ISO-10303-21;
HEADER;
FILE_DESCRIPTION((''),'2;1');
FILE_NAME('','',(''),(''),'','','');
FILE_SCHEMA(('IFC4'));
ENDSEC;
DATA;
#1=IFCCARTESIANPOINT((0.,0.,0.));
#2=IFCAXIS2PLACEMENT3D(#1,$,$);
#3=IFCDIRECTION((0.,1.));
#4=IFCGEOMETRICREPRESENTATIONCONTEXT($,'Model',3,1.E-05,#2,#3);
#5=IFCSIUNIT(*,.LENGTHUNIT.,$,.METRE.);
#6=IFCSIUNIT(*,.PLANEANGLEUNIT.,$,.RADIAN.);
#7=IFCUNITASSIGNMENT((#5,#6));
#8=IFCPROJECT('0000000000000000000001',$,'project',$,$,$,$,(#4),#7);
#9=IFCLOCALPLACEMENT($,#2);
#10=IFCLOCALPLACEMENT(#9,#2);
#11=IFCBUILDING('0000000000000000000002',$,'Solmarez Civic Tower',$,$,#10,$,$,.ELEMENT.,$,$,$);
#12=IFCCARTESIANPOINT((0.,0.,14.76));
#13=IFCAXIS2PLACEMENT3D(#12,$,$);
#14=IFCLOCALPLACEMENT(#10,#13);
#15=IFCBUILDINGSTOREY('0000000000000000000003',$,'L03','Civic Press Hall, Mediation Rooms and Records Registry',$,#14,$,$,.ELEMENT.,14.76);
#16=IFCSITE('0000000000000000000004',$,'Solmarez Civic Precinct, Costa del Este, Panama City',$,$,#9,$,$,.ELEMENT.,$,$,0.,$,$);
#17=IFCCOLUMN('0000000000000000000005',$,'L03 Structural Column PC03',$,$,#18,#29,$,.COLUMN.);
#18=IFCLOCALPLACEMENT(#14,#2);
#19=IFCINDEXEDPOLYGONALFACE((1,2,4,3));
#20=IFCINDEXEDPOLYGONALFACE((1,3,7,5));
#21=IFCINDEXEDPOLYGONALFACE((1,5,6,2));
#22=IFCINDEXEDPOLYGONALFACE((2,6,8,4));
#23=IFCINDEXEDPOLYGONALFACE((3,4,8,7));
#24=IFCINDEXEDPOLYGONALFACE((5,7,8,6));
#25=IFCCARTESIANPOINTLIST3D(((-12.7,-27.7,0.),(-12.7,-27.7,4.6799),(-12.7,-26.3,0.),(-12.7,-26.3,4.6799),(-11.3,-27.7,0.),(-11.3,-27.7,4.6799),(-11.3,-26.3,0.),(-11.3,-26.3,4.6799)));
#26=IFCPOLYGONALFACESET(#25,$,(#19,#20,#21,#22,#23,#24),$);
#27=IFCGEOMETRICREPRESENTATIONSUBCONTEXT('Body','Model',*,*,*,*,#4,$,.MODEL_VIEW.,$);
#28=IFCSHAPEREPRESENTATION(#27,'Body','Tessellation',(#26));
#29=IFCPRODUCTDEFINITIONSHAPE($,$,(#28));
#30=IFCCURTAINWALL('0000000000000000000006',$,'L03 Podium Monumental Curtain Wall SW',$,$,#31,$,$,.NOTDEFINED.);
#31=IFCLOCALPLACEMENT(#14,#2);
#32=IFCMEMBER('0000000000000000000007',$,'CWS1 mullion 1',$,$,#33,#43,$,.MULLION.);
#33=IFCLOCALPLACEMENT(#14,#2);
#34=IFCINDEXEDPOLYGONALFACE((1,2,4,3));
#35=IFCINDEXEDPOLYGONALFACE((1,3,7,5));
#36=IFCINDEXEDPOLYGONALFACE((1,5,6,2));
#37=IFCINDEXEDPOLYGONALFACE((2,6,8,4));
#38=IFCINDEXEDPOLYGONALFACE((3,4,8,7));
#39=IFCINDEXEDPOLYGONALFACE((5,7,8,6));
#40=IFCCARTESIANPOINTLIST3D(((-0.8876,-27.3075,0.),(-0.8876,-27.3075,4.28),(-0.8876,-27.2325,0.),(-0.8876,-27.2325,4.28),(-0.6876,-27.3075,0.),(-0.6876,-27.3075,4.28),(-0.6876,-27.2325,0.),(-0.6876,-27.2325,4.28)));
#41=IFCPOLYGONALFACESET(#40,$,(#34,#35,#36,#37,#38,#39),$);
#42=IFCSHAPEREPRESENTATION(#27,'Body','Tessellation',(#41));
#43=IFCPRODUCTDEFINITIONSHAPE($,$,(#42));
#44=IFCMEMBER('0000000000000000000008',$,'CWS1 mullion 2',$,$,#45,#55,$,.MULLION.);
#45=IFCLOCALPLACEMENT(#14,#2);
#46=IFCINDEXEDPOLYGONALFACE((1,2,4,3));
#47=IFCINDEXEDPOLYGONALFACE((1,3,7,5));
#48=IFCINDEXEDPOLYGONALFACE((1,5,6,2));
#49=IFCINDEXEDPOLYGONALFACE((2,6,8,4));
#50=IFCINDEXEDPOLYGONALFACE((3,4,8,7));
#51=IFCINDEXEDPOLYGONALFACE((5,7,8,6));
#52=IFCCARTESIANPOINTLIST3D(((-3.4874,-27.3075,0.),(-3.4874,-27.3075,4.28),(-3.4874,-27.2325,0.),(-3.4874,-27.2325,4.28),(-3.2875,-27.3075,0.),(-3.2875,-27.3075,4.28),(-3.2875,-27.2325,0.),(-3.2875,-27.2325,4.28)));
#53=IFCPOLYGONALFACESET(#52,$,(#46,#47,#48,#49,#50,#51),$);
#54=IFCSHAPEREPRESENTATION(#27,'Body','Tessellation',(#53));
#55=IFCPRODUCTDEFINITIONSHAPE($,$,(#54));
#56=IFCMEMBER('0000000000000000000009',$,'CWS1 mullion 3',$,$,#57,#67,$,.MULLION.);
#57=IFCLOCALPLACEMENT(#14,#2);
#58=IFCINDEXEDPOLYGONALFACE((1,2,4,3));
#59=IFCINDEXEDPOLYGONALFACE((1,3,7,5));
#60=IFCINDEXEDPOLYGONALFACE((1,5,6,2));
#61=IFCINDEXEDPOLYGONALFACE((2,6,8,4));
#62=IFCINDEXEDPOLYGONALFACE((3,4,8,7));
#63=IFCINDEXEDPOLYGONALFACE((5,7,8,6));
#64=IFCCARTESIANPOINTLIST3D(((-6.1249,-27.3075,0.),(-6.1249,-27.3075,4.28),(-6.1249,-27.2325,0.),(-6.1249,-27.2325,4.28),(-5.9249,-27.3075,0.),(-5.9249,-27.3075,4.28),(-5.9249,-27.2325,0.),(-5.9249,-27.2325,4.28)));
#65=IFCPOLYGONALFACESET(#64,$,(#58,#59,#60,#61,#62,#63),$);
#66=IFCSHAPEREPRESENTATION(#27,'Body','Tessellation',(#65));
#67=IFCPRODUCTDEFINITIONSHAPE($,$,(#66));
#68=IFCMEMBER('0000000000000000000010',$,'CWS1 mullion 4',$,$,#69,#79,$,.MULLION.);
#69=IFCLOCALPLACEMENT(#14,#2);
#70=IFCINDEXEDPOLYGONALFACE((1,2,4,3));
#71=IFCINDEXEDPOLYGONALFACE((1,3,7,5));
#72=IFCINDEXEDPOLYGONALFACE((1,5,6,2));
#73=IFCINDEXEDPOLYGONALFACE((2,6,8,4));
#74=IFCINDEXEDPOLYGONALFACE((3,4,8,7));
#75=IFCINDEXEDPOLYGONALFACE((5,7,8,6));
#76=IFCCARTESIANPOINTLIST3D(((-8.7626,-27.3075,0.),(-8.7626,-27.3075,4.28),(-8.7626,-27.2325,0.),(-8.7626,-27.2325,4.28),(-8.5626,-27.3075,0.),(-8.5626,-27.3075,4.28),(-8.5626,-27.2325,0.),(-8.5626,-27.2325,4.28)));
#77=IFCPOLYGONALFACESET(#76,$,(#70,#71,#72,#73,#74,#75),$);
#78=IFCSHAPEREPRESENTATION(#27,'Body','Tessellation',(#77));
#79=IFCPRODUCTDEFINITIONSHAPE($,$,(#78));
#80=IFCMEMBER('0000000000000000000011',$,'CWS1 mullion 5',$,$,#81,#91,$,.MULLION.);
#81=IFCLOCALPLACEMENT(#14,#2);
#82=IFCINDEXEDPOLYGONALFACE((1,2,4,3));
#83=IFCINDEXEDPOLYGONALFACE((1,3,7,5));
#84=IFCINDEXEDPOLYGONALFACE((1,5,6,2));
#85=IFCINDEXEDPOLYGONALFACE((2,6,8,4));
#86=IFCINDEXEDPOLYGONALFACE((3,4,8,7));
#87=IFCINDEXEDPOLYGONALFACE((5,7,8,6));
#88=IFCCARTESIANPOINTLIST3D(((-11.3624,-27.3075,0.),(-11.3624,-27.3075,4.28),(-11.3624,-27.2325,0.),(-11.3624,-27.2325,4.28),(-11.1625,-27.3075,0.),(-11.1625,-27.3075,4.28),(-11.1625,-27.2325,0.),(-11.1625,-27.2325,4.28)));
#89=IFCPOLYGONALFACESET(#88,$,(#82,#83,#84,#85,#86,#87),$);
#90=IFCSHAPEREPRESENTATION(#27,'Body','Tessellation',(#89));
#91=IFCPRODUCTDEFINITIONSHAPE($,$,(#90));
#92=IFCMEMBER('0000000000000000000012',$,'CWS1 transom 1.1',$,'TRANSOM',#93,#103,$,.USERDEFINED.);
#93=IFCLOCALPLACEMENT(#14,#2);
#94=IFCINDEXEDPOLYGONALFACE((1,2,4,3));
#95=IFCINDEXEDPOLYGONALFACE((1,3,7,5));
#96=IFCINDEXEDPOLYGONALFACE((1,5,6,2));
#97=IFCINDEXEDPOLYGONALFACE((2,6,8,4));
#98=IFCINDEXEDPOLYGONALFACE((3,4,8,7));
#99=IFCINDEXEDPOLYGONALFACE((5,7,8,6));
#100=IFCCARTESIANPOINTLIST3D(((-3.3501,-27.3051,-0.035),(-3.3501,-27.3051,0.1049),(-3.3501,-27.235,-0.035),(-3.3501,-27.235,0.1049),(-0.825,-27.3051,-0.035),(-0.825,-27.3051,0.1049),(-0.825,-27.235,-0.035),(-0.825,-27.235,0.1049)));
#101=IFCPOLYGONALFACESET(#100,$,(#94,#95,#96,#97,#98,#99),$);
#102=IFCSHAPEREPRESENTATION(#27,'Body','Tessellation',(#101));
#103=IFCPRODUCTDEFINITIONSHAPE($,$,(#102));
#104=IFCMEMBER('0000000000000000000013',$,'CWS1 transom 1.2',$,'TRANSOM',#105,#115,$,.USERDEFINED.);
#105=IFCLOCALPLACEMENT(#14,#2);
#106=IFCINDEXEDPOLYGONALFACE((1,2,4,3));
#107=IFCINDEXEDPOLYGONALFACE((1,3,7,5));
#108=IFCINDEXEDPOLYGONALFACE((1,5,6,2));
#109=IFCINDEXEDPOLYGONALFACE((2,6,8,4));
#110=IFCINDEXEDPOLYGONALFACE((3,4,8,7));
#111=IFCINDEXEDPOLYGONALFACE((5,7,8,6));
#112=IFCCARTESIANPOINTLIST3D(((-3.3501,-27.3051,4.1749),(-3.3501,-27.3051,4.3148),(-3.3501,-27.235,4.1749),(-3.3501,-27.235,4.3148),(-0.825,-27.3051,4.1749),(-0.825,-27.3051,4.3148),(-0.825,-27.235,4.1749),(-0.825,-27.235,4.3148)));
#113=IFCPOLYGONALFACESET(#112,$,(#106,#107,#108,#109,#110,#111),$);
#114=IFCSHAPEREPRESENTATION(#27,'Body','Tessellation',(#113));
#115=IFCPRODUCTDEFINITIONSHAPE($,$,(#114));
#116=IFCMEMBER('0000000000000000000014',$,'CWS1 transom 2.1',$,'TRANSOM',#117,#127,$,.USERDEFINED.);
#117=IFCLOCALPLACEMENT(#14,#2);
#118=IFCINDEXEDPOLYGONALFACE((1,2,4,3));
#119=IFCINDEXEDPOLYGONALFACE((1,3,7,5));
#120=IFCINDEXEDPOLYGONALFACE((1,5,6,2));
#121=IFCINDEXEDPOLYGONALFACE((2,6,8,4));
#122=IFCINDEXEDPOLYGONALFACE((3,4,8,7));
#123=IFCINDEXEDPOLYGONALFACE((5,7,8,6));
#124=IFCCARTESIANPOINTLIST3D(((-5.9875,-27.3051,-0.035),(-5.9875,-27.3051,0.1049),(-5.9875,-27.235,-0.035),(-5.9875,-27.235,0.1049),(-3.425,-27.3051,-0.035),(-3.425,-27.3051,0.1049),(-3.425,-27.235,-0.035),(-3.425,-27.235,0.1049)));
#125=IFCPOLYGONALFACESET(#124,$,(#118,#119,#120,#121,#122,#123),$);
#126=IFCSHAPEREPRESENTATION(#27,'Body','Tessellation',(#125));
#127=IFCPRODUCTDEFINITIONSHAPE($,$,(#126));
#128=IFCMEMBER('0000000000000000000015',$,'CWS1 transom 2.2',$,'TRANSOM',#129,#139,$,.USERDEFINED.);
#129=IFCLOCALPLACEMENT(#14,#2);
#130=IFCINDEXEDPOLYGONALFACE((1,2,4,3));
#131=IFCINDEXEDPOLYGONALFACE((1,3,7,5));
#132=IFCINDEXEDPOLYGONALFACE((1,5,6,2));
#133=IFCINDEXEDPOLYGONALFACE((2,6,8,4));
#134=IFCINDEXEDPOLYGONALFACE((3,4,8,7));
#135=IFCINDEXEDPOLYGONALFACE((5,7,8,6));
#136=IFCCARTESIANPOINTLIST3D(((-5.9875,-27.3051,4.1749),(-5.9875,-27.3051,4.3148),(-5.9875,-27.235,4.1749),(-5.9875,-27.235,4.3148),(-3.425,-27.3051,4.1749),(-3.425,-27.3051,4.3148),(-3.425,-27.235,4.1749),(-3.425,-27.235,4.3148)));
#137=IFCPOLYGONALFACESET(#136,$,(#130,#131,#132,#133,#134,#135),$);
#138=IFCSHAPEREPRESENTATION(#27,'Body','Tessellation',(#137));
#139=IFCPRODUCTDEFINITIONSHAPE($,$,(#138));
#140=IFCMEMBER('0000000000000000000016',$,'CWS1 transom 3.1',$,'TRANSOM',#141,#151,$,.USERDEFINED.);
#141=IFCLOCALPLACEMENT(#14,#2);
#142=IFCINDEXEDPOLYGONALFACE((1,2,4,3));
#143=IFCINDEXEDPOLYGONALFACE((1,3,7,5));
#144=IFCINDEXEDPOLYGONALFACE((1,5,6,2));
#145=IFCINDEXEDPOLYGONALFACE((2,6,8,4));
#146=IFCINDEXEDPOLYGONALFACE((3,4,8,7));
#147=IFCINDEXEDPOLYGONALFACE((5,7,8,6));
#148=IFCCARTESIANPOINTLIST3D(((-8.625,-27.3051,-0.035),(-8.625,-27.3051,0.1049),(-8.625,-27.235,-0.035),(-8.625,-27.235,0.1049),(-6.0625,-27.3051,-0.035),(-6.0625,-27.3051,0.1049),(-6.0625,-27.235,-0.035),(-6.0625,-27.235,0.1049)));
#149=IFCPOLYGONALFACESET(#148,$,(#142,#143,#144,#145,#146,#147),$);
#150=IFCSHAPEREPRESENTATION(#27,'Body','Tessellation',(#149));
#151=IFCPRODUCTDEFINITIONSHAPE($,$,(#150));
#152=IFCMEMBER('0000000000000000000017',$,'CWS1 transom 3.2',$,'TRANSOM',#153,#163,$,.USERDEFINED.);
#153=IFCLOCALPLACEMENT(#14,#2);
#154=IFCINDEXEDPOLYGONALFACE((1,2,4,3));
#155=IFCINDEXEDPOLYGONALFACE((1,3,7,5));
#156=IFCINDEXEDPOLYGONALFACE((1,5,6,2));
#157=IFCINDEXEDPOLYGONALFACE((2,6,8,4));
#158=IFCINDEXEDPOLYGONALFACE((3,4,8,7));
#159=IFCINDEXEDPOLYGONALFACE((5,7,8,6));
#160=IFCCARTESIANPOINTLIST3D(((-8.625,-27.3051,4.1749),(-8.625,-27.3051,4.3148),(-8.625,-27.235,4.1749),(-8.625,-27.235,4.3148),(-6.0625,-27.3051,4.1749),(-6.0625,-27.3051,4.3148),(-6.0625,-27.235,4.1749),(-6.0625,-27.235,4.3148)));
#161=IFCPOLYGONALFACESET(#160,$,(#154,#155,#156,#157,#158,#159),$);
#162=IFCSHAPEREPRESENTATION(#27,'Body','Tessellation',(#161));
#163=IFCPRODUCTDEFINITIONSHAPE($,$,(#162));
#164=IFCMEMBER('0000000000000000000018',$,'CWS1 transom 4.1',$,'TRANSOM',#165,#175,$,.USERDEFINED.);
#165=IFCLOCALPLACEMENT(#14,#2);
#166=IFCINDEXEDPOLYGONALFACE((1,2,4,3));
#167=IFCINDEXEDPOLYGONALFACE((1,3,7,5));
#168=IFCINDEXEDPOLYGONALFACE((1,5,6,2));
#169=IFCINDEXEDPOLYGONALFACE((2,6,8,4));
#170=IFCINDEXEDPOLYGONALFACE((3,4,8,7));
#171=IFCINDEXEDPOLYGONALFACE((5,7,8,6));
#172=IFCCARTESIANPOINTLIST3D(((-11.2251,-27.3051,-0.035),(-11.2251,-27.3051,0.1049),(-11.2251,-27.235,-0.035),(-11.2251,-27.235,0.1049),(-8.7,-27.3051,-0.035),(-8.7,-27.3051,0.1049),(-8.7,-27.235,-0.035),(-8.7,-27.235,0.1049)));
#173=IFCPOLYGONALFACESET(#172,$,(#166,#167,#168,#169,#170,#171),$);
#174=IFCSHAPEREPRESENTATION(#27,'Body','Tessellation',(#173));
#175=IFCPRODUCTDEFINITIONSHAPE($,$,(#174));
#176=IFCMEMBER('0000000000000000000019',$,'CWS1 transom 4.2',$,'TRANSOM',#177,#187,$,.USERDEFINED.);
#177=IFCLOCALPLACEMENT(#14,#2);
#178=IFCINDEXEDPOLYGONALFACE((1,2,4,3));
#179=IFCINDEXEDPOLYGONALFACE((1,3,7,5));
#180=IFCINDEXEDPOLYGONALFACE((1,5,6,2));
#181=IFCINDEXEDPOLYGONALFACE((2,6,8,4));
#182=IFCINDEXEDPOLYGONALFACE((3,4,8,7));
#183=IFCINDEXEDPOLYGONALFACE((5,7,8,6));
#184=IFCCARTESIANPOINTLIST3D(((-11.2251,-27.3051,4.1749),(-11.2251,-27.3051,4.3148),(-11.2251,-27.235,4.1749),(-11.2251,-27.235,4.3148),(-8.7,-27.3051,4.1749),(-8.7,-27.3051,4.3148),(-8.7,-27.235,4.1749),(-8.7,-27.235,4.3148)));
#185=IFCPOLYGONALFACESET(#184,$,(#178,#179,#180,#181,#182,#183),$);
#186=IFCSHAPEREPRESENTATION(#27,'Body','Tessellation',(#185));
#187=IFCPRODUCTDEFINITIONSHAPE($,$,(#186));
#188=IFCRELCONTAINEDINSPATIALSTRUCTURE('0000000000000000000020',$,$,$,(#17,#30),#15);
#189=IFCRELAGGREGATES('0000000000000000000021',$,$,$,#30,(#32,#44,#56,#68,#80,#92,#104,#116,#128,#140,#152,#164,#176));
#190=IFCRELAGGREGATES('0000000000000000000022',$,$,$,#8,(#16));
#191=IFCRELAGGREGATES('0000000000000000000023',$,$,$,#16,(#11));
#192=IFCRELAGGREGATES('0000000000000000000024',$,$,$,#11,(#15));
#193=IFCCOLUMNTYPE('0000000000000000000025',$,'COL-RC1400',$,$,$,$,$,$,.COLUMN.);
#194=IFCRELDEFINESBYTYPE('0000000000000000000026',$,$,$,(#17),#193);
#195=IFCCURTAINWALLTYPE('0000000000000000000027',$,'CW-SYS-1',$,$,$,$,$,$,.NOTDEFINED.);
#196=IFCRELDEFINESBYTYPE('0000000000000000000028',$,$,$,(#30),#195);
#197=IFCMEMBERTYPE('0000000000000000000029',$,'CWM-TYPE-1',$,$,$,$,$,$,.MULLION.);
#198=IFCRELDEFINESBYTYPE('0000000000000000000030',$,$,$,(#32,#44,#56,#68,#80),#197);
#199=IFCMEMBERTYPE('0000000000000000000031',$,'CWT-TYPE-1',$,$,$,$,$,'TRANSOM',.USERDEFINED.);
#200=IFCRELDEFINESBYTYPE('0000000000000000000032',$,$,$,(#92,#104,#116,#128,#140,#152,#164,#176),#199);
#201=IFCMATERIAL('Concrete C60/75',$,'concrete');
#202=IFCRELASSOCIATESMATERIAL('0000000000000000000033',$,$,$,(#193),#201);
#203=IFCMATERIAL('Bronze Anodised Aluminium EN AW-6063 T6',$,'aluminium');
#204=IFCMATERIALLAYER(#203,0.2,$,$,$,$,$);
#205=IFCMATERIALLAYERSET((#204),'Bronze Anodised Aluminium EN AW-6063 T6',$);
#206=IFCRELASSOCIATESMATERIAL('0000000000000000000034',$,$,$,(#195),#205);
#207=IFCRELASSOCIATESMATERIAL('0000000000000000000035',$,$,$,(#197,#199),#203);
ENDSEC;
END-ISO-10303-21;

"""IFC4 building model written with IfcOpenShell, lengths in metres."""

from ifc_helpers import new_model, si_unit, direction, frame, origin, origin_2d, place, context, subcontext, project, spatial, rectangle, extrude, material, layer, layer_set, material_profile, profile_set, type_object, element, aggregate, save


model = new_model("IFC4")

# Units and contexts
model_context = context("Model", 3, precision=1e-05, world=origin(), true_north=direction((0.0, 1.0)))
body_context = subcontext(model_context, "Body", "Model", "MODEL_VIEW")
ifc_project = project(units=[si_unit("LENGTHUNIT", "METRE"), si_unit("PLANEANGLEUNIT", "RADIAN")], contexts=[model_context])

# Site, building, storey
site_placement = place(None, origin())
site = spatial("IfcSite", under=ifc_project, at=site_placement, Name="Solmarez Civic Precinct, Costa del Este, Panama City", CompositionType="ELEMENT", RefElevation=0.0)
building_placement = place(site_placement, origin())
building = spatial("IfcBuilding", under=site, at=building_placement, Name="Solmarez Civic Tower", CompositionType="ELEMENT")
storey_placement = place(building_placement, frame((0.0, 0.0, 14.76)))
storey = spatial("IfcBuildingStorey", under=building, at=storey_placement, Name="L03", Description="Civic Press Hall, Mediation Rooms and Records Registry", CompositionType="ELEMENT", Elevation=14.76)

# Column
ifc_material_1 = material(Name="Concrete C60/75", Category="concrete")
ifc_material_profile_1 = material_profile(ifc_material_1, rectangle(XDim=1.3999, YDim=1.3999, at=origin_2d()), Name="RC1400X1400")
ifc_profile_set_1 = profile_set([ifc_material_profile_1], Name="Concrete C60/75")
column_type = type_object("IfcColumnType", Name="COL-RC1400", PredefinedType="COLUMN", material=ifc_profile_set_1)
column_placement = place(storey_placement, frame((-12.0, -27.0, 0.0), z_axis=(0.0, 0.0, 1.0), x_axis=(1.0, 0.0, 0.0)))
element("IfcColumn", 1, at=column_placement, inside=storey, type_object=column_type, Name="L03 Structural Column PC03", PredefinedType="COLUMN", context=body_context, shape_type="SweptSolid", body=[
    extrude(rectangle(XDim=1.3999, YDim=1.3999, at=origin_2d()), origin(), (0.0, 0.0, 1.0), 4.6799),
])

# Curtain wall, members
ifc_material_2 = material(Name="Bronze Anodised Aluminium EN AW-6063 T6", Category="aluminium")
ifc_layer_1 = layer(ifc_material_2, 0.2)
ifc_layer_set_1 = layer_set([ifc_layer_1], Name="Bronze Anodised Aluminium EN AW-6063 T6")
curtain_wall_type = type_object("IfcCurtainWallType", Name="CW-SYS-1", PredefinedType="NOTDEFINED", material=ifc_layer_set_1)
curtain_wall_placement = place(storey_placement, origin())
curtain_wall = element("IfcCurtainWall", 2, at=curtain_wall_placement, inside=storey, type_object=curtain_wall_type, Name="L03 Podium Monumental Curtain Wall SW", PredefinedType="NOTDEFINED")
ifc_material_profile_2 = material_profile(ifc_material_2, rectangle(XDim=0.075, YDim=0.2, at=origin_2d()), Name="CWM-75X200")
ifc_profile_set_2 = profile_set([ifc_material_profile_2], Name="Bronze Anodised Aluminium EN AW-6063 T6")
member_type_1 = type_object("IfcMemberType", Name="CWM-TYPE-1", PredefinedType="MULLION", material=ifc_profile_set_2)
member_1_placement = place(storey_placement, frame((-0.7876, -27.27, 0.0), z_axis=(0.0, 0.0, 1.0), x_axis=(0.0, -1.0, 0.0)))
member_1 = element("IfcMember", 3, at=member_1_placement, type_object=member_type_1, Name="CWS1 mullion 1", PredefinedType="MULLION", context=body_context, shape_type="SweptSolid", body=[
    extrude(rectangle(XDim=0.075, YDim=0.2, at=origin_2d()), origin(), (0.0, 0.0, 1.0), 4.28),
])
member_2_placement = place(storey_placement, frame((-3.3875, -27.27, 0.0), z_axis=(0.0, 0.0, 1.0), x_axis=(0.0, -1.0, 0.0)))
member_2 = element("IfcMember", 4, at=member_2_placement, type_object=member_type_1, Name="CWS1 mullion 2", PredefinedType="MULLION", context=body_context, shape_type="SweptSolid", body=[
    extrude(rectangle(XDim=0.075, YDim=0.2, at=origin_2d()), origin(), (0.0, 0.0, 1.0), 4.28),
])
member_3_placement = place(storey_placement, frame((-6.0249, -27.27, 0.0), z_axis=(0.0, 0.0, 1.0), x_axis=(0.0, -1.0, 0.0)))
member_3 = element("IfcMember", 5, at=member_3_placement, type_object=member_type_1, Name="CWS1 mullion 3", PredefinedType="MULLION", context=body_context, shape_type="SweptSolid", body=[
    extrude(rectangle(XDim=0.075, YDim=0.2, at=origin_2d()), origin(), (0.0, 0.0, 1.0), 4.28),
])
member_4_placement = place(storey_placement, frame((-8.6626, -27.27, 0.0), z_axis=(0.0, 0.0, 1.0), x_axis=(0.0, -1.0, 0.0)))
member_4 = element("IfcMember", 6, at=member_4_placement, type_object=member_type_1, Name="CWS1 mullion 4", PredefinedType="MULLION", context=body_context, shape_type="SweptSolid", body=[
    extrude(rectangle(XDim=0.075, YDim=0.2, at=origin_2d()), origin(), (0.0, 0.0, 1.0), 4.28),
])
member_5_placement = place(storey_placement, frame((-11.2625, -27.27, 0.0), z_axis=(0.0, 0.0, 1.0), x_axis=(0.0, -1.0, 0.0)))
member_5 = element("IfcMember", 7, at=member_5_placement, type_object=member_type_1, Name="CWS1 mullion 5", PredefinedType="MULLION", context=body_context, shape_type="SweptSolid", body=[
    extrude(rectangle(XDim=0.075, YDim=0.2, at=origin_2d()), origin(), (0.0, 0.0, 1.0), 4.28),
])
ifc_material_profile_3 = material_profile(ifc_material_2, rectangle(XDim=0.0701, YDim=0.1399, at=origin_2d()), Name="CWT-70X140")
ifc_profile_set_3 = profile_set([ifc_material_profile_3], Name="Bronze Anodised Aluminium EN AW-6063 T6")
member_type_2 = type_object("IfcMemberType", Name="CWT-TYPE-1", ElementType="TRANSOM", PredefinedType="USERDEFINED", material=ifc_profile_set_3)
member_6_placement = place(storey_placement, frame((-0.825, -27.27, 0.0349), z_axis=(-1.0, 0.0, 0.0), x_axis=(0.0, -1.0, 0.0)))
member_6 = element("IfcMember", 8, at=member_6_placement, type_object=member_type_2, Name="CWS1 transom 1.1", ObjectType="TRANSOM", PredefinedType="USERDEFINED", context=body_context, shape_type="SweptSolid", body=[
    extrude(rectangle(XDim=0.0701, YDim=0.1399, at=origin_2d()), origin(), (0.0, 0.0, 1.0), 2.5251),
])
member_7_placement = place(storey_placement, frame((-0.825, -27.27, 4.2449), z_axis=(-1.0, 0.0, 0.0), x_axis=(0.0, -1.0, 0.0)))
member_7 = element("IfcMember", 9, at=member_7_placement, type_object=member_type_2, Name="CWS1 transom 1.2", ObjectType="TRANSOM", PredefinedType="USERDEFINED", context=body_context, shape_type="SweptSolid", body=[
    extrude(rectangle(XDim=0.0701, YDim=0.1399, at=origin_2d()), origin(), (0.0, 0.0, 1.0), 2.5251),
])
member_8_placement = place(storey_placement, frame((-3.425, -27.27, 0.0349), z_axis=(-1.0, 0.0, 0.0), x_axis=(0.0, -1.0, 0.0)))
member_8 = element("IfcMember", 10, at=member_8_placement, type_object=member_type_2, Name="CWS1 transom 2.1", ObjectType="TRANSOM", PredefinedType="USERDEFINED", context=body_context, shape_type="SweptSolid", body=[
    extrude(rectangle(XDim=0.0701, YDim=0.1399, at=origin_2d()), origin(), (0.0, 0.0, 1.0), 2.5625),
])
member_9_placement = place(storey_placement, frame((-3.425, -27.27, 4.2449), z_axis=(-1.0, 0.0, 0.0), x_axis=(0.0, -1.0, 0.0)))
member_9 = element("IfcMember", 11, at=member_9_placement, type_object=member_type_2, Name="CWS1 transom 2.2", ObjectType="TRANSOM", PredefinedType="USERDEFINED", context=body_context, shape_type="SweptSolid", body=[
    extrude(rectangle(XDim=0.0701, YDim=0.1399, at=origin_2d()), origin(), (0.0, 0.0, 1.0), 2.5625),
])
member_10_placement = place(storey_placement, frame((-6.0625, -27.27, 0.0349), z_axis=(-1.0, 0.0, 0.0), x_axis=(0.0, -1.0, 0.0)))
member_10 = element("IfcMember", 12, at=member_10_placement, type_object=member_type_2, Name="CWS1 transom 3.1", ObjectType="TRANSOM", PredefinedType="USERDEFINED", context=body_context, shape_type="SweptSolid", body=[
    extrude(rectangle(XDim=0.0701, YDim=0.1399, at=origin_2d()), origin(), (0.0, 0.0, 1.0), 2.5625),
])
member_11_placement = place(storey_placement, frame((-6.0625, -27.27, 4.2449), z_axis=(-1.0, 0.0, 0.0), x_axis=(0.0, -1.0, 0.0)))
member_11 = element("IfcMember", 13, at=member_11_placement, type_object=member_type_2, Name="CWS1 transom 3.2", ObjectType="TRANSOM", PredefinedType="USERDEFINED", context=body_context, shape_type="SweptSolid", body=[
    extrude(rectangle(XDim=0.0701, YDim=0.1399, at=origin_2d()), origin(), (0.0, 0.0, 1.0), 2.5625),
])
member_12_placement = place(storey_placement, frame((-8.7, -27.27, 0.0349), z_axis=(-1.0, 0.0, 0.0), x_axis=(0.0, -1.0, 0.0)))
member_12 = element("IfcMember", 14, at=member_12_placement, type_object=member_type_2, Name="CWS1 transom 4.1", ObjectType="TRANSOM", PredefinedType="USERDEFINED", context=body_context, shape_type="SweptSolid", body=[
    extrude(rectangle(XDim=0.0701, YDim=0.1399, at=origin_2d()), origin(), (0.0, 0.0, 1.0), 2.5251),
])
member_13_placement = place(storey_placement, frame((-8.7, -27.27, 4.2449), z_axis=(-1.0, 0.0, 0.0), x_axis=(0.0, -1.0, 0.0)))
member_13 = element("IfcMember", 15, at=member_13_placement, type_object=member_type_2, Name="CWS1 transom 4.2", ObjectType="TRANSOM", PredefinedType="USERDEFINED", context=body_context, shape_type="SweptSolid", body=[
    extrude(rectangle(XDim=0.0701, YDim=0.1399, at=origin_2d()), origin(), (0.0, 0.0, 1.0), 2.5251),
])
aggregate(curtain_wall, [member_1, member_2, member_3, member_4, member_5, member_6, member_7, member_8, member_9, member_10, member_11, member_12, member_13])

save(model, "model.ifc")
